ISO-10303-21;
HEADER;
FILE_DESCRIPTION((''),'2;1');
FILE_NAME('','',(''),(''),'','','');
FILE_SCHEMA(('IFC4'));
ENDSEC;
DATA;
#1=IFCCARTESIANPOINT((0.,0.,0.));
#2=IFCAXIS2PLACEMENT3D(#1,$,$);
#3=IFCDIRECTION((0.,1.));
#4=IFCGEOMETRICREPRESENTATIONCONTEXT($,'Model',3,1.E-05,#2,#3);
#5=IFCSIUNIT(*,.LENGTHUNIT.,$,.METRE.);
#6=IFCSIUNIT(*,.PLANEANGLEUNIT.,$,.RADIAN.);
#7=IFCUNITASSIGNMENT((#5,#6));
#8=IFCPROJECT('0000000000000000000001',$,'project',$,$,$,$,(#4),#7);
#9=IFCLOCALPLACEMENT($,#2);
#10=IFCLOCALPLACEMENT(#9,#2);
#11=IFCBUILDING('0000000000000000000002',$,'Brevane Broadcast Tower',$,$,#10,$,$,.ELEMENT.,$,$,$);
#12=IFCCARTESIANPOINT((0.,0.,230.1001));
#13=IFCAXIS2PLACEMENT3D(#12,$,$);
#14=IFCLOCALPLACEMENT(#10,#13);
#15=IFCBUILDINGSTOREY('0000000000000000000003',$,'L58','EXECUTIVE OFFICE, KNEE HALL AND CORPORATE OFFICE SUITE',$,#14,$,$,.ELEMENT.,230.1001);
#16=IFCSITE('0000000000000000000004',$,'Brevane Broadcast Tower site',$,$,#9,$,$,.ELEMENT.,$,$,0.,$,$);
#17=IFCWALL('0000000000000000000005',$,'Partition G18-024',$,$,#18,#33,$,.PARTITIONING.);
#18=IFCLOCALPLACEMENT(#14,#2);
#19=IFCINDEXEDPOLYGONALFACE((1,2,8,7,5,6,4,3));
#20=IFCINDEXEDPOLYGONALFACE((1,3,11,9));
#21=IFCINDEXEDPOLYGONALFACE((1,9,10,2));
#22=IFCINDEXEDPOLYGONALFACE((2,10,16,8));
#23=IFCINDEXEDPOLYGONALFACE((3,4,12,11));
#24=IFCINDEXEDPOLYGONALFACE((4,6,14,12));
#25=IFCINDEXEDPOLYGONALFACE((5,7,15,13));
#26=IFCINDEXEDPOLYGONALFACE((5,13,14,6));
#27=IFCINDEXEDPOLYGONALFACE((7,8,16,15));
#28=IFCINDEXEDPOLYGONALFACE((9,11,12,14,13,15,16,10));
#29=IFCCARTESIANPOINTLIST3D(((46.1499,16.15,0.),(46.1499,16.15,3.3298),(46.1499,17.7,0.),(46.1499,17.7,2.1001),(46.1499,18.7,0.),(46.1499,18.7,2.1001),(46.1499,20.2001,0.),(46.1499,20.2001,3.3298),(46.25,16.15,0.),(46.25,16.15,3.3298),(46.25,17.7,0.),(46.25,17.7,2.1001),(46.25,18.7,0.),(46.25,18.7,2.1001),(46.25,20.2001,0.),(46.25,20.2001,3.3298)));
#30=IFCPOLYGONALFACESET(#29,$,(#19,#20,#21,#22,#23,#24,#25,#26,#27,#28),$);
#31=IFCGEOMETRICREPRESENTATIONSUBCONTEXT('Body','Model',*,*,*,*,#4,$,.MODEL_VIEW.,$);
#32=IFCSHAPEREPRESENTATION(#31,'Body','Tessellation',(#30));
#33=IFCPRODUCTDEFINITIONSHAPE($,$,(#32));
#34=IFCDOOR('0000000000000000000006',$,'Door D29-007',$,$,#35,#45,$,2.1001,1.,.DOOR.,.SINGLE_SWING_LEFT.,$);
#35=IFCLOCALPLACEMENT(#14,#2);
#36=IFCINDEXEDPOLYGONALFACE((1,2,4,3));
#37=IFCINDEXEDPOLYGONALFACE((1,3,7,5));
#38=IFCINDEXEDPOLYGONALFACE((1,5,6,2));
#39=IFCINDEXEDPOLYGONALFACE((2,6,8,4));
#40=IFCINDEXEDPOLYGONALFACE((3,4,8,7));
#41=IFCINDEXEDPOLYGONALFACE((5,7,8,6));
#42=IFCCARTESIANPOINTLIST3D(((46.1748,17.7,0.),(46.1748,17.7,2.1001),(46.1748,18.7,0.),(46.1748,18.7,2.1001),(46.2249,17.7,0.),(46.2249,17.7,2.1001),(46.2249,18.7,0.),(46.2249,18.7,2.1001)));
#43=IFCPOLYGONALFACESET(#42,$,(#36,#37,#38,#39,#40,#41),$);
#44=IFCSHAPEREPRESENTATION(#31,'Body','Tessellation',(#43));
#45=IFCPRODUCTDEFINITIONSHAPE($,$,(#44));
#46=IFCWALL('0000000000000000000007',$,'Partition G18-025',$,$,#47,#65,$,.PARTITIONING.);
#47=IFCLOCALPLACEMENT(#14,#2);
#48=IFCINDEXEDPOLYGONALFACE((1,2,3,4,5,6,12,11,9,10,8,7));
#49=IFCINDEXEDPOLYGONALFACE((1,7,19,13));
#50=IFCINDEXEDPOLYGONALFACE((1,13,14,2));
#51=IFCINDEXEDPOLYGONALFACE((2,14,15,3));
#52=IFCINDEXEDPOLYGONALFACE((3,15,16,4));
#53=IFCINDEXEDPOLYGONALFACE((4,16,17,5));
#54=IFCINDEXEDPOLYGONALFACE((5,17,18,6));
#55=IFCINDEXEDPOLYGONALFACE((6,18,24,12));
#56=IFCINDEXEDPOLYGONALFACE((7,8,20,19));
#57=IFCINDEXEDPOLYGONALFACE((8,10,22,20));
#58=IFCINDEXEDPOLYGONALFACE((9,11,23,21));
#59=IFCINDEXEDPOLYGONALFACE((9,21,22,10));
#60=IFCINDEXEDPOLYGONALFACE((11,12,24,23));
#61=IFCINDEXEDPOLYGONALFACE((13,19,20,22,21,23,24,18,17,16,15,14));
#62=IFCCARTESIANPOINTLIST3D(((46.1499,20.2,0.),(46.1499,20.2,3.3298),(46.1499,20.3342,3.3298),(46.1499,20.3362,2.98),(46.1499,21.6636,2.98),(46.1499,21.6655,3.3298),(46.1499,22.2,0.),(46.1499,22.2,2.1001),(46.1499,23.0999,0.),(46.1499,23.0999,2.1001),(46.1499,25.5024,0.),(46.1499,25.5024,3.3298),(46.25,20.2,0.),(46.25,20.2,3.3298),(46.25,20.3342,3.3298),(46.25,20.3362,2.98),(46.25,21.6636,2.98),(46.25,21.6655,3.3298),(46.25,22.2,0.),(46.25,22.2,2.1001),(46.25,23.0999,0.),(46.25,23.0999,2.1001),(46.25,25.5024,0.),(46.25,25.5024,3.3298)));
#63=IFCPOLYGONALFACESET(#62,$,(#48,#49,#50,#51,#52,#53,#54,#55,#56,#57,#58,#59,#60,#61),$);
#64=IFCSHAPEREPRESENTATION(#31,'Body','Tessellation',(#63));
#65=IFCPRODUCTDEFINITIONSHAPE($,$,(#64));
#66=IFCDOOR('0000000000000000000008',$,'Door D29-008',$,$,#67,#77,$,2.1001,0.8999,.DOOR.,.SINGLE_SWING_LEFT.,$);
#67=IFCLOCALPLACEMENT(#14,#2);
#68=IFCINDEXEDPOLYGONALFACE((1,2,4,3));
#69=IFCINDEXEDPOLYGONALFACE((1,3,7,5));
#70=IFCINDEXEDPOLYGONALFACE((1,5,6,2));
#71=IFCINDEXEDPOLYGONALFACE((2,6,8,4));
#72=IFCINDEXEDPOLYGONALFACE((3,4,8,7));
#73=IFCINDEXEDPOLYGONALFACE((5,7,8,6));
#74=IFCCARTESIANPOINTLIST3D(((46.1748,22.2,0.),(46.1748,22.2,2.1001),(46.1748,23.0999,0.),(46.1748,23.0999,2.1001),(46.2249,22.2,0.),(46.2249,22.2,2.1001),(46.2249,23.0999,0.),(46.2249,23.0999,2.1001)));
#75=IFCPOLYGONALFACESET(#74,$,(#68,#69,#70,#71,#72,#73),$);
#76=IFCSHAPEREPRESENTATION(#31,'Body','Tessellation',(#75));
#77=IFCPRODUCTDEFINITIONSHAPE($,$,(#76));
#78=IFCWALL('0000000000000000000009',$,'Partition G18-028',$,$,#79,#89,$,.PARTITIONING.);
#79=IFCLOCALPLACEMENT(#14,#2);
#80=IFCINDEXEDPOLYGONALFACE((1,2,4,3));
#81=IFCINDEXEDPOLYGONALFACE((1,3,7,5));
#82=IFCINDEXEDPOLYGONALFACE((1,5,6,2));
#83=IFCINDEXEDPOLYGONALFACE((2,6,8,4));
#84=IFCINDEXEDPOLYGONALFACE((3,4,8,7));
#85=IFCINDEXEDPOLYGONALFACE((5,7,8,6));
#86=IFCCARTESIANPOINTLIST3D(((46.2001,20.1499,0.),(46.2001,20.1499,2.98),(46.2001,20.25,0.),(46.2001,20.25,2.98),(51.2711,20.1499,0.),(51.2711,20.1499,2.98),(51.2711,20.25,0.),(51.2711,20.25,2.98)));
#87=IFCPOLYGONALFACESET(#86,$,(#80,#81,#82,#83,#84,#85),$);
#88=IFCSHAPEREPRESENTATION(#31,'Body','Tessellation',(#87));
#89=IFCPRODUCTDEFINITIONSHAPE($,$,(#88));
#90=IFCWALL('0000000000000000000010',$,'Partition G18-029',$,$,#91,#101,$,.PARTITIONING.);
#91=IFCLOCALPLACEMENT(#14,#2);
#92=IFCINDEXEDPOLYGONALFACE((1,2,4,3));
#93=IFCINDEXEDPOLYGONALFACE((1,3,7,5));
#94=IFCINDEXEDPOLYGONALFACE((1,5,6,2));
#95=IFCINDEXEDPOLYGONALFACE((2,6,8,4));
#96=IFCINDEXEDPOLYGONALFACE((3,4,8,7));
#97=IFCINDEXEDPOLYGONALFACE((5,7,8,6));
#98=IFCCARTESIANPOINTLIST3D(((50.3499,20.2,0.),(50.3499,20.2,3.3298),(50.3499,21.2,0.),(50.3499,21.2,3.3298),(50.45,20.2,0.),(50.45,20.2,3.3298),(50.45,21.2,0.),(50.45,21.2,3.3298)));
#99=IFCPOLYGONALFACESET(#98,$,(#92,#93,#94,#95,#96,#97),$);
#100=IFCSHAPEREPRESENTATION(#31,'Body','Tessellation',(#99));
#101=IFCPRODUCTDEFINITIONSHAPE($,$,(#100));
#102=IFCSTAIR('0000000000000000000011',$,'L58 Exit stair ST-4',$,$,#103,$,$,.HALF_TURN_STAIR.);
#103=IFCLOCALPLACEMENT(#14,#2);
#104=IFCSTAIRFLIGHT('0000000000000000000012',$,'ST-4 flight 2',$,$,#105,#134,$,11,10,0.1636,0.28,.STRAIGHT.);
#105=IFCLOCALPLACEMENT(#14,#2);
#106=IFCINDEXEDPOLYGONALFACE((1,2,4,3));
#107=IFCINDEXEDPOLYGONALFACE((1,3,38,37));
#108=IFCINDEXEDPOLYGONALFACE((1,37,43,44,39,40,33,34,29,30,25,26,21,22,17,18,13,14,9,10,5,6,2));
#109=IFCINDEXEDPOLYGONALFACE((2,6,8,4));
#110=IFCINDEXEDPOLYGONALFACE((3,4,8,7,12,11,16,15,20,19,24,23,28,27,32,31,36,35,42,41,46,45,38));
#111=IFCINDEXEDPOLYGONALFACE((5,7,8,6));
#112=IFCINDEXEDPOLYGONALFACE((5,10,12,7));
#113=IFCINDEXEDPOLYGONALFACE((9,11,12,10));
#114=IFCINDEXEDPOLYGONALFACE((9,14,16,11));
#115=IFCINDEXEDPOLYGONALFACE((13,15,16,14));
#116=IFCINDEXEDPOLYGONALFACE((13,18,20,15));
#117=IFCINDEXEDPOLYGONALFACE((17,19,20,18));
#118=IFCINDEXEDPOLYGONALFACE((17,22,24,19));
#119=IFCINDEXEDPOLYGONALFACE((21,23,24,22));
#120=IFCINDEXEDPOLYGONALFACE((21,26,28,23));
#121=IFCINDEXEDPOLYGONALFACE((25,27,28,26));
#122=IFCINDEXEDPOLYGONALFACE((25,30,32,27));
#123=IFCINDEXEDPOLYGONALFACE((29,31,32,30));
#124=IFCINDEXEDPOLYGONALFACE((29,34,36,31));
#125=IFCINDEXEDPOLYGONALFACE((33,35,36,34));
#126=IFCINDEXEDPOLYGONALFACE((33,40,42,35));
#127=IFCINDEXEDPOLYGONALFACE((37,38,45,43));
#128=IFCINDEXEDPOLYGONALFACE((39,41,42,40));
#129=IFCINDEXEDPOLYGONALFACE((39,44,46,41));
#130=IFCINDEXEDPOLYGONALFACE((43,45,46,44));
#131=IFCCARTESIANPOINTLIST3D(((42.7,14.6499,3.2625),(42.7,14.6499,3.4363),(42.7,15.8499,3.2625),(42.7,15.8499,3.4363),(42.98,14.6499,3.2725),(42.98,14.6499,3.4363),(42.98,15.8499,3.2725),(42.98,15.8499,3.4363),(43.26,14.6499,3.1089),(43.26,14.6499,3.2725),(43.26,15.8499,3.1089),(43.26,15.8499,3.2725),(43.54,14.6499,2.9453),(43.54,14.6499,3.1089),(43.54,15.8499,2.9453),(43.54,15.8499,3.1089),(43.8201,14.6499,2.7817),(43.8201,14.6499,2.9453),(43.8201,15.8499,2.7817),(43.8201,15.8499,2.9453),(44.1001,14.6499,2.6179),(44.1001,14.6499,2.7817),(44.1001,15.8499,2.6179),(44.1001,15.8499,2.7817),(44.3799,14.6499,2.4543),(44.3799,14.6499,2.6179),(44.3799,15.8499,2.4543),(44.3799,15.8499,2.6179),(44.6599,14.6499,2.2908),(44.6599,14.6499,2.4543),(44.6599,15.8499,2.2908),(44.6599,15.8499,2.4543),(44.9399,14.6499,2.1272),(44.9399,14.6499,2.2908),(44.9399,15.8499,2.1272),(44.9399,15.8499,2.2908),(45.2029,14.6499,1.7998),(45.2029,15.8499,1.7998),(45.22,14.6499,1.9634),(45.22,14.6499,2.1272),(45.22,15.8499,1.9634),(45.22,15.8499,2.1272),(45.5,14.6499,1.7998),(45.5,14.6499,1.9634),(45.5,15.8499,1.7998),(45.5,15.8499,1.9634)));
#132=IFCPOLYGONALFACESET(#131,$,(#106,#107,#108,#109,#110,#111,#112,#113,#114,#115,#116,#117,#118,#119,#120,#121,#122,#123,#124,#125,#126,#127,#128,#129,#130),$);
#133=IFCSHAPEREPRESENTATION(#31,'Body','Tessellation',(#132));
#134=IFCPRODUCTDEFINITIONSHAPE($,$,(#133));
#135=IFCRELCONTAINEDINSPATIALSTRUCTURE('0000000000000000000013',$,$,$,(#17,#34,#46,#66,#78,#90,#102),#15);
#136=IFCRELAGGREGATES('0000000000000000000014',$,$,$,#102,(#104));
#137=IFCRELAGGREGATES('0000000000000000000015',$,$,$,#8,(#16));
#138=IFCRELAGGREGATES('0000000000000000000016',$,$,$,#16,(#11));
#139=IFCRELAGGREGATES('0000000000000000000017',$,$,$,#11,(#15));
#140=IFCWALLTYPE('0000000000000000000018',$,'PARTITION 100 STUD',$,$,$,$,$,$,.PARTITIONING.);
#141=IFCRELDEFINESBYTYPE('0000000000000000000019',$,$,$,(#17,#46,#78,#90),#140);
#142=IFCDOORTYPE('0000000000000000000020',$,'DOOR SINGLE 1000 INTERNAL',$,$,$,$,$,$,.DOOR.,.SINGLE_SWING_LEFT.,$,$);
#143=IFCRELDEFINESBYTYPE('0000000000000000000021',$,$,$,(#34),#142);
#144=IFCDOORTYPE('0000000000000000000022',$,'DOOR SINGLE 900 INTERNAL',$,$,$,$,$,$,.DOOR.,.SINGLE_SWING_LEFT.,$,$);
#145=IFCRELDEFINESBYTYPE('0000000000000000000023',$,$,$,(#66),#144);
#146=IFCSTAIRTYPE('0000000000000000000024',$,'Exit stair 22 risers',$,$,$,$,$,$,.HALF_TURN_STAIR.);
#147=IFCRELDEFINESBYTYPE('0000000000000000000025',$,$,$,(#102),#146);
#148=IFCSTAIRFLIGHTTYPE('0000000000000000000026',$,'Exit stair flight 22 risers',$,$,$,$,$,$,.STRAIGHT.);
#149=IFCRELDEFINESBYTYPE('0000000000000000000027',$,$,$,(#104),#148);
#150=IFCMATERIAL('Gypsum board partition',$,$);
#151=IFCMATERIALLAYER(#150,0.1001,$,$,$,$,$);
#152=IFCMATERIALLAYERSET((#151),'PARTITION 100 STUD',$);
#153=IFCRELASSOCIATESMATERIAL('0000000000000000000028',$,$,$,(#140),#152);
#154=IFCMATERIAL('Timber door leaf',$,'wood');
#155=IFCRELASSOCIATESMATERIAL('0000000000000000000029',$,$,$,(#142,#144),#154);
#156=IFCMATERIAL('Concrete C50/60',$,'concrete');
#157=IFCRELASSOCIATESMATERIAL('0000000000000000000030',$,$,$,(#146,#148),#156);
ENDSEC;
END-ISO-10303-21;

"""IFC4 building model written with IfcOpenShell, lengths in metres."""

from ifc_helpers import new_model, si_unit, direction, frame, frame_2d, origin, place, context, subcontext, project, spatial, polyline, rectangle, outline, extrude, material, layer, layer_set, type_object, element, fill, aggregate, save


model = new_model("IFC4")

# Units and contexts
model_context = context("Model", 3, precision=1e-05, world=origin(), true_north=direction((0.0, 1.0)))
body_context = subcontext(model_context, "Body", "Model", "MODEL_VIEW")
ifc_project = project(units=[si_unit("LENGTHUNIT", "METRE"), si_unit("PLANEANGLEUNIT", "RADIAN")], contexts=[model_context])

# Site, building, storey
site_placement = place(None, origin())
site = spatial("IfcSite", under=ifc_project, at=site_placement, Name="Brevane Broadcast Tower site", CompositionType="ELEMENT", RefElevation=0.0)
building_placement = place(site_placement, origin())
building = spatial("IfcBuilding", under=site, at=building_placement, Name="Brevane Broadcast Tower", CompositionType="ELEMENT")
storey_placement = place(building_placement, frame((0.0, 0.0, 230.1001)))
storey = spatial("IfcBuildingStorey", under=building, at=storey_placement, Name="L58", Description="EXECUTIVE OFFICE, KNEE HALL AND CORPORATE OFFICE SUITE", CompositionType="ELEMENT", Elevation=230.1001)

# Shared definitions
ifc_material_1 = material(Name="Concrete C50/60", Category="concrete")

# Walls, openings, doors
ifc_material_2 = material(Name="Gypsum board partition")
ifc_layer = layer(ifc_material_2, 0.1001)
ifc_layer_set = layer_set([ifc_layer], Name="PARTITION 100 STUD")
wall_type = type_object("IfcWallType", Name="PARTITION 100 STUD", PredefinedType="PARTITIONING", material=ifc_layer_set)
wall_1_placement = place(storey_placement, frame((46.2, 20.2, 0.0), z_axis=(0.0, 0.0, 1.0), x_axis=(0.0, -1.0, 0.0)))
wall_1 = element("IfcWall", 1, at=wall_1_placement, inside=storey, type_object=wall_type, Name="Partition G18-024", PredefinedType="PARTITIONING", context=body_context, shape_type="SweptSolid", body=[
    extrude(rectangle(XDim=4.05, YDim=0.1001, at=frame_2d((2.0249, 0.0))), origin(), (0.0, 0.0, 1.0), 3.3298),
])
opening_1_placement = place(wall_1_placement, frame((1.5, 0.0, 0.0)))
opening_1 = element("IfcOpeningElement", 2, at=opening_1_placement, cuts=wall_1, PredefinedType="OPENING", context=body_context, shape_type="SweptSolid", body=[
    extrude(rectangle(XDim=1.0, YDim=2.1001, at=frame_2d((0.5, 1.05))), frame((0.0, 0.0601, 0.0), z_axis=(0.0, -1.0, 0.0), x_axis=(1.0, 0.0, 0.0)), (0.0, 0.0, 1.0), 0.1201),
])
ifc_material_3 = material(Name="Timber door leaf", Category="wood")
door_type_1 = type_object("IfcDoorType", Name="DOOR SINGLE 1000 INTERNAL", OperationType="SINGLE_SWING_LEFT", PredefinedType="DOOR", material=ifc_material_3)
door_1_placement = place(opening_1_placement, origin())
door_1 = element("IfcDoor", 3, at=door_1_placement, inside=storey, type_object=door_type_1, Name="Door D29-007", OperationType="SINGLE_SWING_LEFT", OverallHeight=2.1001, OverallWidth=1.0, PredefinedType="DOOR", context=body_context, shape_type="SweptSolid", body=[
    extrude(rectangle(XDim=1.0, YDim=2.1001, at=frame_2d((0.5, 1.05))), frame((0.0, 0.0249, 0.0), z_axis=(0.0, -1.0, 0.0), x_axis=(1.0, 0.0, 0.0)), (0.0, 0.0, 1.0), 0.05),
])
fill(opening_1, door_1)
wall_2_placement = place(storey_placement, frame((46.2, 25.5024, 0.0), z_axis=(0.0, 0.0, 1.0), x_axis=(0.0, -1.0, 0.0)))
wall_2 = element("IfcWall", 4, at=wall_2_placement, inside=storey, type_object=wall_type, Name="Partition G18-025", PredefinedType="PARTITIONING", context=body_context, shape_type="SweptSolid", body=[
    extrude(outline(polyline([(0.0, 0.0), (5.3025, 0.0), (5.3025, 3.3298), (5.1682, 3.3298), (5.1663, 2.98), (3.8389, 2.98), (3.8369, 3.3298), (0.1025, 3.3298), (0.0, 3.3298), (0.0, 0.0)])), frame((0.0, 0.05, 0.0), z_axis=(0.0, -1.0, 0.0), x_axis=(1.0, 0.0, 0.0)), (0.0, 0.0, 1.0), 0.1001),
])
opening_2_placement = place(wall_2_placement, frame((2.4026, 0.0, 0.0)))
opening_2 = element("IfcOpeningElement", 5, at=opening_2_placement, cuts=wall_2, PredefinedType="OPENING", context=body_context, shape_type="SweptSolid", body=[
    extrude(rectangle(XDim=0.8999, YDim=2.1001, at=frame_2d((0.45, 1.05))), frame((0.0, 0.0601, 0.0), z_axis=(0.0, -1.0, 0.0), x_axis=(1.0, 0.0, 0.0)), (0.0, 0.0, 1.0), 0.1201),
])
door_type_2 = type_object("IfcDoorType", Name="DOOR SINGLE 900 INTERNAL", OperationType="SINGLE_SWING_LEFT", PredefinedType="DOOR", material=ifc_material_3)
door_2_placement = place(opening_2_placement, origin())
door_2 = element("IfcDoor", 6, at=door_2_placement, inside=storey, type_object=door_type_2, Name="Door D29-008", OperationType="SINGLE_SWING_LEFT", OverallHeight=2.1001, OverallWidth=0.8999, PredefinedType="DOOR", context=body_context, shape_type="SweptSolid", body=[
    extrude(rectangle(XDim=0.8999, YDim=2.1001, at=frame_2d((0.45, 1.05))), frame((0.0, 0.0249, 0.0), z_axis=(0.0, -1.0, 0.0), x_axis=(1.0, 0.0, 0.0)), (0.0, 0.0, 1.0), 0.05),
])
fill(opening_2, door_2)

# Walls
wall_3_placement = place(storey_placement, frame((46.2, 20.2, 0.0), z_axis=(0.0, 0.0, 1.0), x_axis=(1.0, 0.0, 0.0)))
element("IfcWall", 7, at=wall_3_placement, inside=storey, type_object=wall_type, Name="Partition G18-028", PredefinedType="PARTITIONING", context=body_context, shape_type="SweptSolid", body=[
    extrude(rectangle(XDim=5.071, YDim=0.1001, at=frame_2d((2.5356, 0.0))), origin(), (0.0, 0.0, 1.0), 2.98),
])
wall_4_placement = place(storey_placement, frame((50.3999, 20.2, 0.0), z_axis=(0.0, 0.0, 1.0), x_axis=(0.0, 1.0, 0.0)))
element("IfcWall", 8, at=wall_4_placement, inside=storey, type_object=wall_type, Name="Partition G18-029", PredefinedType="PARTITIONING", context=body_context, shape_type="SweptSolid", body=[
    extrude(rectangle(XDim=1.0, YDim=0.1001, at=frame_2d((0.5, 0.0))), origin(), (0.0, 0.0, 1.0), 3.3298),
])

# Stair, stair flight
stair_type = type_object("IfcStairType", Name="Exit stair 22 risers", PredefinedType="HALF_TURN_STAIR", material=ifc_material_1)
stair_placement = place(storey_placement, origin())
stair = element("IfcStair", 9, at=stair_placement, inside=storey, type_object=stair_type, Name="L58 Exit stair ST-4", PredefinedType="HALF_TURN_STAIR")
stair_flight_type = type_object("IfcStairFlightType", Name="Exit stair flight 22 risers", PredefinedType="STRAIGHT", material=ifc_material_1)
stair_flight_placement = place(storey_placement, frame((45.5, 15.25, 1.7998), z_axis=(0.0, 0.0, 1.0), x_axis=(-1.0, 0.0, 0.0)))
stair_flight = element("IfcStairFlight", 10, at=stair_flight_placement, type_object=stair_flight_type, Name="ST-4 flight 2", NumberOfRisers=11, NumberOfTreads=10, PredefinedType="STRAIGHT", RiserHeight=0.1636, TreadLength=0.28, context=body_context, shape_type="SweptSolid", body=[
    extrude(outline(polyline([(0.0, 0.0), (0.0, 0.1636), (0.28, 0.1636), (0.28, 0.3274), (0.5601, 0.3274), (0.5601, 0.491), (0.8401, 0.491), (0.8401, 0.6545), (1.1201, 0.6545), (1.1201, 0.8181), (1.3999, 0.8181), (1.3999, 0.9819), (1.6799, 0.9819), (1.6799, 1.1455), (1.96, 1.1455), (1.96, 1.3091), (2.24, 1.3091), (2.24, 1.4727), (2.52, 1.4727), (2.52, 1.6365), (2.8, 1.6365), (2.8, 1.8), (2.8, 1.4626), (0.2971, 0.0), (0.0, 0.0)])), frame((0.0, 0.6001, 0.0), z_axis=(0.0, -1.0, 0.0), x_axis=(1.0, 0.0, 0.0)), (0.0, 0.0, 1.0), 1.2),
])
aggregate(stair, [stair_flight])

save(model, "model.ifc")
